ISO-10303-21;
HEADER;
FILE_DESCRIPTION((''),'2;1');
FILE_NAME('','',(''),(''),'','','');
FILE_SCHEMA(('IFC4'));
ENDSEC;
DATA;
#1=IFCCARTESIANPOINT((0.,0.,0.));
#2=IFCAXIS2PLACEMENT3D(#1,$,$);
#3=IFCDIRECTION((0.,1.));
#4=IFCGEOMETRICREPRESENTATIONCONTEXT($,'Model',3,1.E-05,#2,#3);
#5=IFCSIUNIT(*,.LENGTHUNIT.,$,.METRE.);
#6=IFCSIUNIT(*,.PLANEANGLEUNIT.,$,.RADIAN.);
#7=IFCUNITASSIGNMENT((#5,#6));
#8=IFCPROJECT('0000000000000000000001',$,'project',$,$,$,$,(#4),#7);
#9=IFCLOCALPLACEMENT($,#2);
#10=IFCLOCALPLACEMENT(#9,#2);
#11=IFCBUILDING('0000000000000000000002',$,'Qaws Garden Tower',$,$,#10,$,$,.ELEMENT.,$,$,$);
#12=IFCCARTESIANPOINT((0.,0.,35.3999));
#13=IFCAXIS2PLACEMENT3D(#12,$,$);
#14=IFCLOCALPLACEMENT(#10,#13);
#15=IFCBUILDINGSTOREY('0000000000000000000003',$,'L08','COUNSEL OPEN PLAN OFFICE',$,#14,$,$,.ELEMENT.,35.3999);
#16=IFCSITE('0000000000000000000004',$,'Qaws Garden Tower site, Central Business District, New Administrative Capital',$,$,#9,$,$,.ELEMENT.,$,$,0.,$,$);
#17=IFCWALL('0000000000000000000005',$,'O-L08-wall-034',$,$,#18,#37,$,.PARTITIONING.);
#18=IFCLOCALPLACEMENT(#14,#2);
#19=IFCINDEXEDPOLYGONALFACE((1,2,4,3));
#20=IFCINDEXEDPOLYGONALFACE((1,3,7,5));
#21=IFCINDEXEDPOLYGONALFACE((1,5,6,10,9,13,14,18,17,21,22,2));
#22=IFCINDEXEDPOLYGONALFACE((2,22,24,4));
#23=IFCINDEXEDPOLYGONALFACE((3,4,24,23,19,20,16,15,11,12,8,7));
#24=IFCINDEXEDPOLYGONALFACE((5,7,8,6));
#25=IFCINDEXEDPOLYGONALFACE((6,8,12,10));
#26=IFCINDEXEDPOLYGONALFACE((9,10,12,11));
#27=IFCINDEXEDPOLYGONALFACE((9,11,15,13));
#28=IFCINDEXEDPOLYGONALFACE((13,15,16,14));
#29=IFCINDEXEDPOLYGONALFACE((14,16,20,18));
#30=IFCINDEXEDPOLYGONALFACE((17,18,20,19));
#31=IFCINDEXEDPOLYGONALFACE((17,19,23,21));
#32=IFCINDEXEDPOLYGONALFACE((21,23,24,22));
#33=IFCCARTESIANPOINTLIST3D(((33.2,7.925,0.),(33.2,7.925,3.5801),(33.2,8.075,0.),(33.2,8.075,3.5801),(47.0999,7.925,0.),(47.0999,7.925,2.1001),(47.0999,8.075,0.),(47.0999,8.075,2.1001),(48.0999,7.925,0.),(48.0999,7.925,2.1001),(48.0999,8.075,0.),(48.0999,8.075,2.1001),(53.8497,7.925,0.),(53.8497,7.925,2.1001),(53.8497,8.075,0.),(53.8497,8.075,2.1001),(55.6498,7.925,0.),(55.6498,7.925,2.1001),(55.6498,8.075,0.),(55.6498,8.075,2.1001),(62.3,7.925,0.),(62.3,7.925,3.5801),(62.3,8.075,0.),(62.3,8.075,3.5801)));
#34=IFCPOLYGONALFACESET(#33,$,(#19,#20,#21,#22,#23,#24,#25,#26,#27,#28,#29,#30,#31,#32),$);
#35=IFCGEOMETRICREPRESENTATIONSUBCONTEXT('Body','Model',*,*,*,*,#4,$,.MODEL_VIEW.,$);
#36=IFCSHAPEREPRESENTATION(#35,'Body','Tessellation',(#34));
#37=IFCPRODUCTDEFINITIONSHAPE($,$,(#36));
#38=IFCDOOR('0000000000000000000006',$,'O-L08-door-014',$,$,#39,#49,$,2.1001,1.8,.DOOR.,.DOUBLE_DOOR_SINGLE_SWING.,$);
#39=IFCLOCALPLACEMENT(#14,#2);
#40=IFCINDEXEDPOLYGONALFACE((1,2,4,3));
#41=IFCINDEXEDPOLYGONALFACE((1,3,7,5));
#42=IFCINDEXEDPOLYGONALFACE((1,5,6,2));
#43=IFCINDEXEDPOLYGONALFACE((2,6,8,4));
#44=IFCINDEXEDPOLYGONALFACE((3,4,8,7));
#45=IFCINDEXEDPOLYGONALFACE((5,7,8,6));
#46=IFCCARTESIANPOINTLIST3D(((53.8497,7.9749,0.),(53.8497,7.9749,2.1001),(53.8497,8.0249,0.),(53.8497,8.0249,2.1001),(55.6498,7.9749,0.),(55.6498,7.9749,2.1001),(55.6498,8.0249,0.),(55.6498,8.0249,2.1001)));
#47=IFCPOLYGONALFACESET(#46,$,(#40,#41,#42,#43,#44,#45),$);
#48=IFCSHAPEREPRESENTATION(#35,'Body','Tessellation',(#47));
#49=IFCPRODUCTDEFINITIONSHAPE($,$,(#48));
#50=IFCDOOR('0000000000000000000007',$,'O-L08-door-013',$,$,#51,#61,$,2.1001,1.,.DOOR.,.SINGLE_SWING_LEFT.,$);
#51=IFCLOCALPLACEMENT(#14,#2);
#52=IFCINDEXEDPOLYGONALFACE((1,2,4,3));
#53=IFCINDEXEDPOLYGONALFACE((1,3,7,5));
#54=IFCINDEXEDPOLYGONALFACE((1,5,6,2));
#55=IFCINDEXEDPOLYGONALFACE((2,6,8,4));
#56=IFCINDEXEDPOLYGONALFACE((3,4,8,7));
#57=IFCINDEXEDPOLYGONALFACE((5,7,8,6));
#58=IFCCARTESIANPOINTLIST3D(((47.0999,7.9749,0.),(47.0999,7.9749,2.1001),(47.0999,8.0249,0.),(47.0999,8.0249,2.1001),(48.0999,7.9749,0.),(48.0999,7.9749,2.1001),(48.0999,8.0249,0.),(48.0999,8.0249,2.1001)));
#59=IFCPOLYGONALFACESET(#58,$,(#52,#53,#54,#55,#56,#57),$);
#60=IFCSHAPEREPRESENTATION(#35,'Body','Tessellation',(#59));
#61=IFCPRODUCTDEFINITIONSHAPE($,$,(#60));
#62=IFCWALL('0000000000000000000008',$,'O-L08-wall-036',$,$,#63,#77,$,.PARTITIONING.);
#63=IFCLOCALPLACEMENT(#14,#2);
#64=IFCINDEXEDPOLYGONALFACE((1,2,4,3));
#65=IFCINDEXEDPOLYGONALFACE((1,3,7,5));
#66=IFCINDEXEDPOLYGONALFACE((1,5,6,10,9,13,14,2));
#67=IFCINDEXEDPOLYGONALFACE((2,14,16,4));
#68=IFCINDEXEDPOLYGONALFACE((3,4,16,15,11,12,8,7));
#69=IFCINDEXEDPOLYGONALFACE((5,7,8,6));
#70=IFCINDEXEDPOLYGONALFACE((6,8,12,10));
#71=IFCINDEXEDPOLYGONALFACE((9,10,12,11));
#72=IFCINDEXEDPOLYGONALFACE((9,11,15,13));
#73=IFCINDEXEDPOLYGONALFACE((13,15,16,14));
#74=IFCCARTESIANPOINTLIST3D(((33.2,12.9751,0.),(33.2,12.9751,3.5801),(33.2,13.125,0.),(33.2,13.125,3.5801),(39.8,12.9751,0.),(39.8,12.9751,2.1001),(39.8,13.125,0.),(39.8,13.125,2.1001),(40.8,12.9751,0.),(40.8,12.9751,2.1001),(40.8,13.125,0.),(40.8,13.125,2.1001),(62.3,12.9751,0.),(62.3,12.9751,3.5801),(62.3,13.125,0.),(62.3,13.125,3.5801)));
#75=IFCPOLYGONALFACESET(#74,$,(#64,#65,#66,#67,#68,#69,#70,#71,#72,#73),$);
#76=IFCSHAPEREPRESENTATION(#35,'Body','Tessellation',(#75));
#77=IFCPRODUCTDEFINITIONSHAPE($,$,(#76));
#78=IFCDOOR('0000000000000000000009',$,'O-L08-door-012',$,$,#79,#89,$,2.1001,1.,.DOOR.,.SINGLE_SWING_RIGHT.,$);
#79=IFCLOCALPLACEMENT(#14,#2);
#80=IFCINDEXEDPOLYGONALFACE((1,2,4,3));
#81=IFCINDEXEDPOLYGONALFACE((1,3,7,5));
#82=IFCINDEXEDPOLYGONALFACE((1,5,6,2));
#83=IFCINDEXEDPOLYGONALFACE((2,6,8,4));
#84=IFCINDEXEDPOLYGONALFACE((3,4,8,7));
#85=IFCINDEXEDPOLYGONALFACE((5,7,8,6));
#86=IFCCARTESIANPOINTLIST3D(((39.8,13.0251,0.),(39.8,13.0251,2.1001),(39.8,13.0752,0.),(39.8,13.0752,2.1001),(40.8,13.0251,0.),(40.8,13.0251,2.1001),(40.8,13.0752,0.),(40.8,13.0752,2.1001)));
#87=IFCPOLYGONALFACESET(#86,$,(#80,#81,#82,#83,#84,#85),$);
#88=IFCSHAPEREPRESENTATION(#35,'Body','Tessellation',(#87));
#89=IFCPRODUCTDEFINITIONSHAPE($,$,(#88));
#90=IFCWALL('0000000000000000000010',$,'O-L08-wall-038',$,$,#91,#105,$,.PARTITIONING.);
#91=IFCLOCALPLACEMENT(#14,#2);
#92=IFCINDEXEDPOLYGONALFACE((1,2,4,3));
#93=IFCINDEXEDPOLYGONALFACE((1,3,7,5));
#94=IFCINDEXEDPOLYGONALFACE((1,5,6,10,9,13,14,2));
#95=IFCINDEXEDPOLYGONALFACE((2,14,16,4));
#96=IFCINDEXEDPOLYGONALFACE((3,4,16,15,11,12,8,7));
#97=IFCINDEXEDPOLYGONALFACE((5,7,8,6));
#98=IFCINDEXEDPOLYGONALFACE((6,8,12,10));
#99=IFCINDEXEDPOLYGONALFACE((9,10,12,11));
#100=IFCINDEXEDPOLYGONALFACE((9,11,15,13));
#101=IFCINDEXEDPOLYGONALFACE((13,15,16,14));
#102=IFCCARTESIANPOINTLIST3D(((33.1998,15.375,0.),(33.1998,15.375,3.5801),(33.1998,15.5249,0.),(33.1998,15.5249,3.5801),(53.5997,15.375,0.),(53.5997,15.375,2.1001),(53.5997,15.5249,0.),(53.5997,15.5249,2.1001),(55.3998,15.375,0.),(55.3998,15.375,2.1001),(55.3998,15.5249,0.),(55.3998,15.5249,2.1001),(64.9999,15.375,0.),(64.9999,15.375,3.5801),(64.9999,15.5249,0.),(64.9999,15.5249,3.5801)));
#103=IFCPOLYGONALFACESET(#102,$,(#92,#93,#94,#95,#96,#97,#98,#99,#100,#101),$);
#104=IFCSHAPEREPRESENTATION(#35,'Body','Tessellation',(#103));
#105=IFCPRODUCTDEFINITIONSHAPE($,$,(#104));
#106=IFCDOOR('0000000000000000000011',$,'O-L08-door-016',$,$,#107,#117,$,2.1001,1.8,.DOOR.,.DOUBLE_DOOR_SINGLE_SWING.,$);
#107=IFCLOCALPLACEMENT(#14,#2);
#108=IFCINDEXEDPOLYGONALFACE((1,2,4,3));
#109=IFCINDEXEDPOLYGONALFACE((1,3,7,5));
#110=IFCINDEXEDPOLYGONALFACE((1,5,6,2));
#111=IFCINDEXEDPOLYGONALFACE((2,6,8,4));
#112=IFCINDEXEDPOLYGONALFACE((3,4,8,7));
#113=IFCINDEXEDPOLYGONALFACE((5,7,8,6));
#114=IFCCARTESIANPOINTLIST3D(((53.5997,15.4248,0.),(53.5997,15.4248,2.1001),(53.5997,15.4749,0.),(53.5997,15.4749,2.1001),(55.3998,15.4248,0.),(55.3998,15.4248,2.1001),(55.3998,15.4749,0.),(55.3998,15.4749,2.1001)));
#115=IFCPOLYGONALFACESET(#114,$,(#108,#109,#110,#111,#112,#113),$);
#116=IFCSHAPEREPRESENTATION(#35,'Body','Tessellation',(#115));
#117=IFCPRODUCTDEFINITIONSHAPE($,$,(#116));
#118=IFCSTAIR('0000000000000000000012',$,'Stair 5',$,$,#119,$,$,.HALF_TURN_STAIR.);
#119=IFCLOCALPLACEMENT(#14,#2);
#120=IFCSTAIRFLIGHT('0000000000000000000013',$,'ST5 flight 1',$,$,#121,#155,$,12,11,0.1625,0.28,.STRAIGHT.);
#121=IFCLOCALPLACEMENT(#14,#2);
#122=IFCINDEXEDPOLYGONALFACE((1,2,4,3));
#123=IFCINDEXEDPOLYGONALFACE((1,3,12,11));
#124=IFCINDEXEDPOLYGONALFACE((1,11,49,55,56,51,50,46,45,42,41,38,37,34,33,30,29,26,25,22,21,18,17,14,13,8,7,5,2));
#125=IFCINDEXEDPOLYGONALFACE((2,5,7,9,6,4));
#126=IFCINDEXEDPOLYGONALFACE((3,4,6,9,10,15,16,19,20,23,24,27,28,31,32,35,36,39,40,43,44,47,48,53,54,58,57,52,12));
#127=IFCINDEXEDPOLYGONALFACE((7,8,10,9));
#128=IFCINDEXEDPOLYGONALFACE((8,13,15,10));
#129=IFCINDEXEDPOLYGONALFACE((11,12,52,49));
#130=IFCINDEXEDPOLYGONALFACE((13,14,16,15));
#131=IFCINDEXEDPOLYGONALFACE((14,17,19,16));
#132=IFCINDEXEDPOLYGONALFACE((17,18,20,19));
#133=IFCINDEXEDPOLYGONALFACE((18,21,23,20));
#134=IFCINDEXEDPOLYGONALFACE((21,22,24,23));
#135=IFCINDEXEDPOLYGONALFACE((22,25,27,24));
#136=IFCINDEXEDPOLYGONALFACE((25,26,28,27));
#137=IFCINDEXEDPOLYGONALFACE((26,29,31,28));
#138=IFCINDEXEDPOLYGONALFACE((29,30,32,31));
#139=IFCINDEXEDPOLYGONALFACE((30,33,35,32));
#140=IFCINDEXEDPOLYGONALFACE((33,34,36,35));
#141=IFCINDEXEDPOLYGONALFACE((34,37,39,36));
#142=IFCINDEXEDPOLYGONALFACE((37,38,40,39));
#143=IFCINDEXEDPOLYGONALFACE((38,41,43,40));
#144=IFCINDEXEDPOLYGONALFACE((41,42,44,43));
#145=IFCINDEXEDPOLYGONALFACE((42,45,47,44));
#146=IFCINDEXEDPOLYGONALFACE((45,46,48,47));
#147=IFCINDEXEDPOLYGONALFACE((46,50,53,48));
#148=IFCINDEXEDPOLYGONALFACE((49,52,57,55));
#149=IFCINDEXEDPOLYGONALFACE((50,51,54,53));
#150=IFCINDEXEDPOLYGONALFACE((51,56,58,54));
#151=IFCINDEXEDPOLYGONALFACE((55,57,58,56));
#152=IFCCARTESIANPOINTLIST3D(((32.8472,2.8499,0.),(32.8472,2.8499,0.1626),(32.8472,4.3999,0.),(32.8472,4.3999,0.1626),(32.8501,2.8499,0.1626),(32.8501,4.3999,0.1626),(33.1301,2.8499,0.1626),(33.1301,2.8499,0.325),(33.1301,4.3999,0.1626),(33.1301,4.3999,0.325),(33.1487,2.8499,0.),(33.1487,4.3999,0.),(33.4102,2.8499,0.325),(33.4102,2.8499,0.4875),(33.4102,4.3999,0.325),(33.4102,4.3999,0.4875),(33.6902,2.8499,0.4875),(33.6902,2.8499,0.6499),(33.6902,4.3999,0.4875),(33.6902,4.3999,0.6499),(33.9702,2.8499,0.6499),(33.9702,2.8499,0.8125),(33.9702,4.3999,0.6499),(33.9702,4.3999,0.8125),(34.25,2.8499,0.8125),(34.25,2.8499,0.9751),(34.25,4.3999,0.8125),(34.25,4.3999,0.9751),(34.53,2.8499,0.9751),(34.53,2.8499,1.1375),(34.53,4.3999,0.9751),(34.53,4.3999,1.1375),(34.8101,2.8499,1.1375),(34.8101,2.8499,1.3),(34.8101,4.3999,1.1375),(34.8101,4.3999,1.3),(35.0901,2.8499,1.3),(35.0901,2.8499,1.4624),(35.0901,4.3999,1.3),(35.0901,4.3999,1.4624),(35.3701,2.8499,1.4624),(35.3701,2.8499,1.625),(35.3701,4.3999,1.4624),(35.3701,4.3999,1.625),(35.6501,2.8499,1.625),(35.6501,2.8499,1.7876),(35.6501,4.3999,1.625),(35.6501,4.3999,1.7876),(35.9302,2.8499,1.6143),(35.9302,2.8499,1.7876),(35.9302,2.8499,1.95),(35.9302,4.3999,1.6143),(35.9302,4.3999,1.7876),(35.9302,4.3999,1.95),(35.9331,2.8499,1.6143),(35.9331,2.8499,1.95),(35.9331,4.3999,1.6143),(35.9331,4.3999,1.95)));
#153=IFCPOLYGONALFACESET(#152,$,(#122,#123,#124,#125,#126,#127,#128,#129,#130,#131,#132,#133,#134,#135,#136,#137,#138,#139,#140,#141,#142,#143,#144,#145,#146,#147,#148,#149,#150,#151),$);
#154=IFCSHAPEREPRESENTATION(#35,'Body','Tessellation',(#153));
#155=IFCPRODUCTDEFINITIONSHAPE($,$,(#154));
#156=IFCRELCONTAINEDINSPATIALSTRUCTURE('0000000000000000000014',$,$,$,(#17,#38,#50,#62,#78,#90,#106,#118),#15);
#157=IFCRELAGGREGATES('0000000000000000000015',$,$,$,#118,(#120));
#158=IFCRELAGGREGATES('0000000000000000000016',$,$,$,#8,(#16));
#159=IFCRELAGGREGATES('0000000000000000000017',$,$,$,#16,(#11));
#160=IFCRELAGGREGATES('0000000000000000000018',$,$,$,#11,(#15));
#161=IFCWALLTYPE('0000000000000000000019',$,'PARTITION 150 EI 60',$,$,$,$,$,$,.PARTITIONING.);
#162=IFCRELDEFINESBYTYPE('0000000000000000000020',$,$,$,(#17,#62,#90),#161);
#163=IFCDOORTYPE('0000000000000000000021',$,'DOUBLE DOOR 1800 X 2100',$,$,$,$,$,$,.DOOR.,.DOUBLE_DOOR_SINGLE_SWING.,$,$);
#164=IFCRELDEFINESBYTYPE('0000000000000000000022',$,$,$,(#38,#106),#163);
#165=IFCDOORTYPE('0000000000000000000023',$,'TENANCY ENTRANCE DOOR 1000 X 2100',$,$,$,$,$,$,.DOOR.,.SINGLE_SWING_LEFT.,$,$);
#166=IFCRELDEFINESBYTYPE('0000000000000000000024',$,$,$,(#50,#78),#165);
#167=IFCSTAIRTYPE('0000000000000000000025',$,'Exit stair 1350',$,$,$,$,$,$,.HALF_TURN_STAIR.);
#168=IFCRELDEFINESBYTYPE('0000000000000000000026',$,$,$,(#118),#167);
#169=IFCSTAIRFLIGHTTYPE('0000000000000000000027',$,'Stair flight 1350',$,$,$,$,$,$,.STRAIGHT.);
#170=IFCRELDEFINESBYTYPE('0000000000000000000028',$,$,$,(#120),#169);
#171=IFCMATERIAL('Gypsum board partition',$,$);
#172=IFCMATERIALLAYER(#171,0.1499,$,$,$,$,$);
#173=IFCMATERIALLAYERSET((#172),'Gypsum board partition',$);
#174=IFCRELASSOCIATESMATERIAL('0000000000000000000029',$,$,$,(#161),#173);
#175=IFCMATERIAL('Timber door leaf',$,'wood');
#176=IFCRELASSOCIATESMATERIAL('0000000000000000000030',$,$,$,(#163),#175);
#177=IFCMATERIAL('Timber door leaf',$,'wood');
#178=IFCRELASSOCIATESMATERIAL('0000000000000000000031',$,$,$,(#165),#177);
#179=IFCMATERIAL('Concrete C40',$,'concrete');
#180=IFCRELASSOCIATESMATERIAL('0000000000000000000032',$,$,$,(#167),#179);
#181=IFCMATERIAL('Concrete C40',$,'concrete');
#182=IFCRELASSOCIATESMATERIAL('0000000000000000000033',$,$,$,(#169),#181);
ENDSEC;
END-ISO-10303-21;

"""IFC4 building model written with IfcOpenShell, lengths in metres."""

from ifc_helpers import new_model, si_unit, direction, frame, frame_2d, origin, place, context, subcontext, project, spatial, polyline, rectangle, outline, extrude, material, layer, layer_set, type_object, element, fill, aggregate, save


model = new_model("IFC4")

# Units and contexts
model_context = context("Model", 3, precision=1e-05, world=origin(), true_north=direction((0.0, 1.0)))
body_context = subcontext(model_context, "Body", "Model", "MODEL_VIEW")
ifc_project = project(units=[si_unit("LENGTHUNIT", "METRE"), si_unit("PLANEANGLEUNIT", "RADIAN")], contexts=[model_context])

# Site, building, storey
site_placement = place(None, origin())
site = spatial("IfcSite", under=ifc_project, at=site_placement, Name="Qaws Garden Tower site, Central Business District, New Administrative Capital", CompositionType="ELEMENT", RefElevation=0.0)
building_placement = place(site_placement, origin())
building = spatial("IfcBuilding", under=site, at=building_placement, Name="Qaws Garden Tower", CompositionType="ELEMENT")
storey_placement = place(building_placement, frame((0.0, 0.0, 35.3999)))
storey = spatial("IfcBuildingStorey", under=building, at=storey_placement, Name="L08", Description="COUNSEL OPEN PLAN OFFICE", CompositionType="ELEMENT", Elevation=35.3999)

# Shared definitions
ifc_material_1 = material(Name="Gypsum board partition")
ifc_layer_1 = layer(ifc_material_1, 0.1499)
ifc_layer_set_1 = layer_set([ifc_layer_1], Name="Gypsum board partition")
wall_type_1 = type_object("IfcWallType", Name="PARTITION 150 EI 60", PredefinedType="PARTITIONING", material=ifc_layer_set_1)

# Shared definitions
ifc_material_2 = material(Name="Timber door leaf", Category="wood")
door_type_1 = type_object("IfcDoorType", Name="DOUBLE DOOR 1800 X 2100", OperationType="DOUBLE_DOOR_SINGLE_SWING", PredefinedType="DOOR", material=ifc_material_2)

# Wall, openings, doors
wall_1_placement = place(storey_placement, frame((33.2, 8.0, 0.0), z_axis=(0.0, 0.0, 1.0), x_axis=(1.0, 0.0, 0.0)))
wall_1 = element("IfcWall", 1, at=wall_1_placement, inside=storey, type_object=wall_type_1, Name="O-L08-wall-034", PredefinedType="PARTITIONING", context=body_context, shape_type="SweptSolid", body=[
    extrude(rectangle(XDim=29.1001, YDim=0.1499, at=frame_2d((14.55, 0.0))), origin(), (0.0, 0.0, 1.0), 3.5801),
])
opening_1_placement = place(wall_1_placement, frame((13.8999, 0.0, 0.0)))
opening_1 = element("IfcOpeningElement", 2, at=opening_1_placement, cuts=wall_1, PredefinedType="OPENING", context=body_context, shape_type="SweptSolid", body=[
    extrude(rectangle(XDim=1.0, YDim=2.1001, at=frame_2d((0.5, 1.05))), frame((0.0, 0.085, 0.0), z_axis=(0.0, -1.0, 0.0), x_axis=(1.0, 0.0, 0.0)), (0.0, 0.0, 1.0), 0.1699),
])
opening_2_placement = place(wall_1_placement, frame((20.6499, 0.0, 0.0)))
opening_2 = element("IfcOpeningElement", 3, at=opening_2_placement, cuts=wall_1, PredefinedType="OPENING", context=body_context, shape_type="SweptSolid", body=[
    extrude(rectangle(XDim=1.8, YDim=2.1001, at=frame_2d((0.8999, 1.05))), frame((0.0, 0.085, 0.0), z_axis=(0.0, -1.0, 0.0), x_axis=(1.0, 0.0, 0.0)), (0.0, 0.0, 1.0), 0.1699),
])
door_1_placement = place(opening_2_placement, origin())
door_1 = element("IfcDoor", 4, at=door_1_placement, inside=storey, type_object=door_type_1, Name="O-L08-door-014", OperationType="DOUBLE_DOOR_SINGLE_SWING", OverallHeight=2.1001, OverallWidth=1.8, PredefinedType="DOOR", context=body_context, shape_type="SweptSolid", body=[
    extrude(rectangle(XDim=1.8, YDim=2.1001, at=frame_2d((0.8999, 1.05))), frame((0.0, 0.0249, 0.0), z_axis=(0.0, -1.0, 0.0), x_axis=(1.0, 0.0, 0.0)), (0.0, 0.0, 1.0), 0.05),
])
fill(opening_2, door_1)
ifc_material_3 = material(Name="Timber door leaf", Category="wood")
door_type_2 = type_object("IfcDoorType", Name="TENANCY ENTRANCE DOOR 1000 X 2100", OperationType="SINGLE_SWING_LEFT", PredefinedType="DOOR", material=ifc_material_3)
door_2_placement = place(opening_1_placement, origin())
door_2 = element("IfcDoor", 5, at=door_2_placement, inside=storey, type_object=door_type_2, Name="O-L08-door-013", OperationType="SINGLE_SWING_LEFT", OverallHeight=2.1001, OverallWidth=1.0, PredefinedType="DOOR", context=body_context, shape_type="SweptSolid", body=[
    extrude(rectangle(XDim=1.0, YDim=2.1001, at=frame_2d((0.5, 1.05))), frame((0.0, 0.0249, 0.0), z_axis=(0.0, -1.0, 0.0), x_axis=(1.0, 0.0, 0.0)), (0.0, 0.0, 1.0), 0.05),
])
fill(opening_1, door_2)

# Walls, openings, doors
wall_2_placement = place(storey_placement, frame((33.2, 13.05, 0.0), z_axis=(0.0, 0.0, 1.0), x_axis=(1.0, 0.0, 0.0)))
wall_2 = element("IfcWall", 6, at=wall_2_placement, inside=storey, type_object=wall_type_1, Name="O-L08-wall-036", PredefinedType="PARTITIONING", context=body_context, shape_type="SweptSolid", body=[
    extrude(rectangle(XDim=29.1001, YDim=0.1499, at=frame_2d((14.55, 0.0))), origin(), (0.0, 0.0, 1.0), 3.5801),
])
opening_3_placement = place(wall_2_placement, frame((6.6001, 0.0, 0.0)))
opening_3 = element("IfcOpeningElement", 7, at=opening_3_placement, cuts=wall_2, PredefinedType="OPENING", context=body_context, shape_type="SweptSolid", body=[
    extrude(rectangle(XDim=1.0, YDim=2.1001, at=frame_2d((0.5, 1.05))), frame((0.0, 0.085, 0.0), z_axis=(0.0, -1.0, 0.0), x_axis=(1.0, 0.0, 0.0)), (0.0, 0.0, 1.0), 0.1699),
])
door_3_placement = place(opening_3_placement, frame((1.0, 0.0, 0.0), z_axis=(0.0, 0.0, 1.0), x_axis=(-1.0, 0.0, 0.0)))
door_3 = element("IfcDoor", 8, at=door_3_placement, inside=storey, type_object=door_type_2, Name="O-L08-door-012", OperationType="SINGLE_SWING_RIGHT", OverallHeight=2.1001, OverallWidth=1.0, PredefinedType="DOOR", context=body_context, shape_type="SweptSolid", body=[
    extrude(rectangle(XDim=1.0, YDim=2.1001, at=frame_2d((0.5, 1.05))), frame((0.0, 0.0249, 0.0), z_axis=(0.0, -1.0, 0.0), x_axis=(1.0, 0.0, 0.0)), (0.0, 0.0, 1.0), 0.05),
])
fill(opening_3, door_3)
wall_3_placement = place(storey_placement, frame((33.2, 15.45, 0.0), z_axis=(0.0, 0.0, 1.0), x_axis=(1.0, 0.0, 0.0)))
wall_3 = element("IfcWall", 9, at=wall_3_placement, inside=storey, type_object=wall_type_1, Name="O-L08-wall-038", PredefinedType="PARTITIONING", context=body_context, shape_type="SweptSolid", body=[
    extrude(rectangle(XDim=31.8, YDim=0.1499, at=frame_2d((15.8999, 0.0))), origin(), (0.0, 0.0, 1.0), 3.5801),
])
opening_4_placement = place(wall_3_placement, frame((20.3999, 0.0, 0.0)))
opening_4 = element("IfcOpeningElement", 10, at=opening_4_placement, cuts=wall_3, PredefinedType="OPENING", context=body_context, shape_type="SweptSolid", body=[
    extrude(rectangle(XDim=1.8, YDim=2.1001, at=frame_2d((0.8999, 1.05))), frame((0.0, 0.085, 0.0), z_axis=(0.0, -1.0, 0.0), x_axis=(1.0, 0.0, 0.0)), (0.0, 0.0, 1.0), 0.1699),
])
door_4_placement = place(opening_4_placement, origin())
door_4 = element("IfcDoor", 11, at=door_4_placement, inside=storey, type_object=door_type_1, Name="O-L08-door-016", OperationType="DOUBLE_DOOR_SINGLE_SWING", OverallHeight=2.1001, OverallWidth=1.8, PredefinedType="DOOR", context=body_context, shape_type="SweptSolid", body=[
    extrude(rectangle(XDim=1.8, YDim=2.1001, at=frame_2d((0.8999, 1.05))), frame((0.0, 0.0249, 0.0), z_axis=(0.0, -1.0, 0.0), x_axis=(1.0, 0.0, 0.0)), (0.0, 0.0, 1.0), 0.05),
])
fill(opening_4, door_4)

# Stair, stair flight
ifc_material_4 = material(Name="Concrete C40", Category="concrete")
stair_type = type_object("IfcStairType", Name="Exit stair 1350", PredefinedType="HALF_TURN_STAIR", material=ifc_material_4)
stair_placement = place(storey_placement, origin())
stair = element("IfcStair", 12, at=stair_placement, inside=storey, type_object=stair_type, Name="Stair 5", PredefinedType="HALF_TURN_STAIR")
ifc_material_5 = material(Name="Concrete C40", Category="concrete")
stair_flight_type = type_object("IfcStairFlightType", Name="Stair flight 1350", PredefinedType="STRAIGHT", material=ifc_material_5)
stair_flight_1_placement = place(storey_placement, frame((32.8501, 3.625, 0.0), z_axis=(0.0, 0.0, 1.0), x_axis=(1.0, 0.0, 0.0)))
stair_flight_1 = element("IfcStairFlight", 13, at=stair_flight_1_placement, type_object=stair_flight_type, Name="ST5 flight 1", NumberOfRisers=12, NumberOfTreads=11, PredefinedType="STRAIGHT", RiserHeight=0.1625, TreadLength=0.28, context=body_context, shape_type="SweptSolid", body=[
    extrude(outline(polyline([(-0.0029, 0.0), (-0.0029, 0.1626), (0.0, 0.1626), (0.28, 0.1626), (0.28, 0.325), (0.5601, 0.325), (0.5601, 0.4875), (0.8401, 0.4875), (0.8401, 0.6499), (1.1201, 0.6499), (1.1201, 0.8125), (1.3999, 0.8125), (1.3999, 0.9751), (1.6799, 0.9751), (1.6799, 1.1375), (1.96, 1.1375), (1.96, 1.3), (2.24, 1.3), (2.24, 1.4624), (2.52, 1.4624), (2.52, 1.625), (2.8, 1.625), (2.8, 1.7876), (3.0801, 1.7876), (3.0801, 1.95), (3.083, 1.95), (3.083, 1.6143), (3.0801, 1.6143), (0.2986, 0.0), (-0.0029, 0.0)])), frame((0.0, 0.7749, 0.0), z_axis=(0.0, -1.0, 0.0), x_axis=(1.0, 0.0, 0.0)), (0.0, 0.0, 1.0), 1.55),
])
aggregate(stair, [stair_flight_1])

save(model, "model.ifc")
